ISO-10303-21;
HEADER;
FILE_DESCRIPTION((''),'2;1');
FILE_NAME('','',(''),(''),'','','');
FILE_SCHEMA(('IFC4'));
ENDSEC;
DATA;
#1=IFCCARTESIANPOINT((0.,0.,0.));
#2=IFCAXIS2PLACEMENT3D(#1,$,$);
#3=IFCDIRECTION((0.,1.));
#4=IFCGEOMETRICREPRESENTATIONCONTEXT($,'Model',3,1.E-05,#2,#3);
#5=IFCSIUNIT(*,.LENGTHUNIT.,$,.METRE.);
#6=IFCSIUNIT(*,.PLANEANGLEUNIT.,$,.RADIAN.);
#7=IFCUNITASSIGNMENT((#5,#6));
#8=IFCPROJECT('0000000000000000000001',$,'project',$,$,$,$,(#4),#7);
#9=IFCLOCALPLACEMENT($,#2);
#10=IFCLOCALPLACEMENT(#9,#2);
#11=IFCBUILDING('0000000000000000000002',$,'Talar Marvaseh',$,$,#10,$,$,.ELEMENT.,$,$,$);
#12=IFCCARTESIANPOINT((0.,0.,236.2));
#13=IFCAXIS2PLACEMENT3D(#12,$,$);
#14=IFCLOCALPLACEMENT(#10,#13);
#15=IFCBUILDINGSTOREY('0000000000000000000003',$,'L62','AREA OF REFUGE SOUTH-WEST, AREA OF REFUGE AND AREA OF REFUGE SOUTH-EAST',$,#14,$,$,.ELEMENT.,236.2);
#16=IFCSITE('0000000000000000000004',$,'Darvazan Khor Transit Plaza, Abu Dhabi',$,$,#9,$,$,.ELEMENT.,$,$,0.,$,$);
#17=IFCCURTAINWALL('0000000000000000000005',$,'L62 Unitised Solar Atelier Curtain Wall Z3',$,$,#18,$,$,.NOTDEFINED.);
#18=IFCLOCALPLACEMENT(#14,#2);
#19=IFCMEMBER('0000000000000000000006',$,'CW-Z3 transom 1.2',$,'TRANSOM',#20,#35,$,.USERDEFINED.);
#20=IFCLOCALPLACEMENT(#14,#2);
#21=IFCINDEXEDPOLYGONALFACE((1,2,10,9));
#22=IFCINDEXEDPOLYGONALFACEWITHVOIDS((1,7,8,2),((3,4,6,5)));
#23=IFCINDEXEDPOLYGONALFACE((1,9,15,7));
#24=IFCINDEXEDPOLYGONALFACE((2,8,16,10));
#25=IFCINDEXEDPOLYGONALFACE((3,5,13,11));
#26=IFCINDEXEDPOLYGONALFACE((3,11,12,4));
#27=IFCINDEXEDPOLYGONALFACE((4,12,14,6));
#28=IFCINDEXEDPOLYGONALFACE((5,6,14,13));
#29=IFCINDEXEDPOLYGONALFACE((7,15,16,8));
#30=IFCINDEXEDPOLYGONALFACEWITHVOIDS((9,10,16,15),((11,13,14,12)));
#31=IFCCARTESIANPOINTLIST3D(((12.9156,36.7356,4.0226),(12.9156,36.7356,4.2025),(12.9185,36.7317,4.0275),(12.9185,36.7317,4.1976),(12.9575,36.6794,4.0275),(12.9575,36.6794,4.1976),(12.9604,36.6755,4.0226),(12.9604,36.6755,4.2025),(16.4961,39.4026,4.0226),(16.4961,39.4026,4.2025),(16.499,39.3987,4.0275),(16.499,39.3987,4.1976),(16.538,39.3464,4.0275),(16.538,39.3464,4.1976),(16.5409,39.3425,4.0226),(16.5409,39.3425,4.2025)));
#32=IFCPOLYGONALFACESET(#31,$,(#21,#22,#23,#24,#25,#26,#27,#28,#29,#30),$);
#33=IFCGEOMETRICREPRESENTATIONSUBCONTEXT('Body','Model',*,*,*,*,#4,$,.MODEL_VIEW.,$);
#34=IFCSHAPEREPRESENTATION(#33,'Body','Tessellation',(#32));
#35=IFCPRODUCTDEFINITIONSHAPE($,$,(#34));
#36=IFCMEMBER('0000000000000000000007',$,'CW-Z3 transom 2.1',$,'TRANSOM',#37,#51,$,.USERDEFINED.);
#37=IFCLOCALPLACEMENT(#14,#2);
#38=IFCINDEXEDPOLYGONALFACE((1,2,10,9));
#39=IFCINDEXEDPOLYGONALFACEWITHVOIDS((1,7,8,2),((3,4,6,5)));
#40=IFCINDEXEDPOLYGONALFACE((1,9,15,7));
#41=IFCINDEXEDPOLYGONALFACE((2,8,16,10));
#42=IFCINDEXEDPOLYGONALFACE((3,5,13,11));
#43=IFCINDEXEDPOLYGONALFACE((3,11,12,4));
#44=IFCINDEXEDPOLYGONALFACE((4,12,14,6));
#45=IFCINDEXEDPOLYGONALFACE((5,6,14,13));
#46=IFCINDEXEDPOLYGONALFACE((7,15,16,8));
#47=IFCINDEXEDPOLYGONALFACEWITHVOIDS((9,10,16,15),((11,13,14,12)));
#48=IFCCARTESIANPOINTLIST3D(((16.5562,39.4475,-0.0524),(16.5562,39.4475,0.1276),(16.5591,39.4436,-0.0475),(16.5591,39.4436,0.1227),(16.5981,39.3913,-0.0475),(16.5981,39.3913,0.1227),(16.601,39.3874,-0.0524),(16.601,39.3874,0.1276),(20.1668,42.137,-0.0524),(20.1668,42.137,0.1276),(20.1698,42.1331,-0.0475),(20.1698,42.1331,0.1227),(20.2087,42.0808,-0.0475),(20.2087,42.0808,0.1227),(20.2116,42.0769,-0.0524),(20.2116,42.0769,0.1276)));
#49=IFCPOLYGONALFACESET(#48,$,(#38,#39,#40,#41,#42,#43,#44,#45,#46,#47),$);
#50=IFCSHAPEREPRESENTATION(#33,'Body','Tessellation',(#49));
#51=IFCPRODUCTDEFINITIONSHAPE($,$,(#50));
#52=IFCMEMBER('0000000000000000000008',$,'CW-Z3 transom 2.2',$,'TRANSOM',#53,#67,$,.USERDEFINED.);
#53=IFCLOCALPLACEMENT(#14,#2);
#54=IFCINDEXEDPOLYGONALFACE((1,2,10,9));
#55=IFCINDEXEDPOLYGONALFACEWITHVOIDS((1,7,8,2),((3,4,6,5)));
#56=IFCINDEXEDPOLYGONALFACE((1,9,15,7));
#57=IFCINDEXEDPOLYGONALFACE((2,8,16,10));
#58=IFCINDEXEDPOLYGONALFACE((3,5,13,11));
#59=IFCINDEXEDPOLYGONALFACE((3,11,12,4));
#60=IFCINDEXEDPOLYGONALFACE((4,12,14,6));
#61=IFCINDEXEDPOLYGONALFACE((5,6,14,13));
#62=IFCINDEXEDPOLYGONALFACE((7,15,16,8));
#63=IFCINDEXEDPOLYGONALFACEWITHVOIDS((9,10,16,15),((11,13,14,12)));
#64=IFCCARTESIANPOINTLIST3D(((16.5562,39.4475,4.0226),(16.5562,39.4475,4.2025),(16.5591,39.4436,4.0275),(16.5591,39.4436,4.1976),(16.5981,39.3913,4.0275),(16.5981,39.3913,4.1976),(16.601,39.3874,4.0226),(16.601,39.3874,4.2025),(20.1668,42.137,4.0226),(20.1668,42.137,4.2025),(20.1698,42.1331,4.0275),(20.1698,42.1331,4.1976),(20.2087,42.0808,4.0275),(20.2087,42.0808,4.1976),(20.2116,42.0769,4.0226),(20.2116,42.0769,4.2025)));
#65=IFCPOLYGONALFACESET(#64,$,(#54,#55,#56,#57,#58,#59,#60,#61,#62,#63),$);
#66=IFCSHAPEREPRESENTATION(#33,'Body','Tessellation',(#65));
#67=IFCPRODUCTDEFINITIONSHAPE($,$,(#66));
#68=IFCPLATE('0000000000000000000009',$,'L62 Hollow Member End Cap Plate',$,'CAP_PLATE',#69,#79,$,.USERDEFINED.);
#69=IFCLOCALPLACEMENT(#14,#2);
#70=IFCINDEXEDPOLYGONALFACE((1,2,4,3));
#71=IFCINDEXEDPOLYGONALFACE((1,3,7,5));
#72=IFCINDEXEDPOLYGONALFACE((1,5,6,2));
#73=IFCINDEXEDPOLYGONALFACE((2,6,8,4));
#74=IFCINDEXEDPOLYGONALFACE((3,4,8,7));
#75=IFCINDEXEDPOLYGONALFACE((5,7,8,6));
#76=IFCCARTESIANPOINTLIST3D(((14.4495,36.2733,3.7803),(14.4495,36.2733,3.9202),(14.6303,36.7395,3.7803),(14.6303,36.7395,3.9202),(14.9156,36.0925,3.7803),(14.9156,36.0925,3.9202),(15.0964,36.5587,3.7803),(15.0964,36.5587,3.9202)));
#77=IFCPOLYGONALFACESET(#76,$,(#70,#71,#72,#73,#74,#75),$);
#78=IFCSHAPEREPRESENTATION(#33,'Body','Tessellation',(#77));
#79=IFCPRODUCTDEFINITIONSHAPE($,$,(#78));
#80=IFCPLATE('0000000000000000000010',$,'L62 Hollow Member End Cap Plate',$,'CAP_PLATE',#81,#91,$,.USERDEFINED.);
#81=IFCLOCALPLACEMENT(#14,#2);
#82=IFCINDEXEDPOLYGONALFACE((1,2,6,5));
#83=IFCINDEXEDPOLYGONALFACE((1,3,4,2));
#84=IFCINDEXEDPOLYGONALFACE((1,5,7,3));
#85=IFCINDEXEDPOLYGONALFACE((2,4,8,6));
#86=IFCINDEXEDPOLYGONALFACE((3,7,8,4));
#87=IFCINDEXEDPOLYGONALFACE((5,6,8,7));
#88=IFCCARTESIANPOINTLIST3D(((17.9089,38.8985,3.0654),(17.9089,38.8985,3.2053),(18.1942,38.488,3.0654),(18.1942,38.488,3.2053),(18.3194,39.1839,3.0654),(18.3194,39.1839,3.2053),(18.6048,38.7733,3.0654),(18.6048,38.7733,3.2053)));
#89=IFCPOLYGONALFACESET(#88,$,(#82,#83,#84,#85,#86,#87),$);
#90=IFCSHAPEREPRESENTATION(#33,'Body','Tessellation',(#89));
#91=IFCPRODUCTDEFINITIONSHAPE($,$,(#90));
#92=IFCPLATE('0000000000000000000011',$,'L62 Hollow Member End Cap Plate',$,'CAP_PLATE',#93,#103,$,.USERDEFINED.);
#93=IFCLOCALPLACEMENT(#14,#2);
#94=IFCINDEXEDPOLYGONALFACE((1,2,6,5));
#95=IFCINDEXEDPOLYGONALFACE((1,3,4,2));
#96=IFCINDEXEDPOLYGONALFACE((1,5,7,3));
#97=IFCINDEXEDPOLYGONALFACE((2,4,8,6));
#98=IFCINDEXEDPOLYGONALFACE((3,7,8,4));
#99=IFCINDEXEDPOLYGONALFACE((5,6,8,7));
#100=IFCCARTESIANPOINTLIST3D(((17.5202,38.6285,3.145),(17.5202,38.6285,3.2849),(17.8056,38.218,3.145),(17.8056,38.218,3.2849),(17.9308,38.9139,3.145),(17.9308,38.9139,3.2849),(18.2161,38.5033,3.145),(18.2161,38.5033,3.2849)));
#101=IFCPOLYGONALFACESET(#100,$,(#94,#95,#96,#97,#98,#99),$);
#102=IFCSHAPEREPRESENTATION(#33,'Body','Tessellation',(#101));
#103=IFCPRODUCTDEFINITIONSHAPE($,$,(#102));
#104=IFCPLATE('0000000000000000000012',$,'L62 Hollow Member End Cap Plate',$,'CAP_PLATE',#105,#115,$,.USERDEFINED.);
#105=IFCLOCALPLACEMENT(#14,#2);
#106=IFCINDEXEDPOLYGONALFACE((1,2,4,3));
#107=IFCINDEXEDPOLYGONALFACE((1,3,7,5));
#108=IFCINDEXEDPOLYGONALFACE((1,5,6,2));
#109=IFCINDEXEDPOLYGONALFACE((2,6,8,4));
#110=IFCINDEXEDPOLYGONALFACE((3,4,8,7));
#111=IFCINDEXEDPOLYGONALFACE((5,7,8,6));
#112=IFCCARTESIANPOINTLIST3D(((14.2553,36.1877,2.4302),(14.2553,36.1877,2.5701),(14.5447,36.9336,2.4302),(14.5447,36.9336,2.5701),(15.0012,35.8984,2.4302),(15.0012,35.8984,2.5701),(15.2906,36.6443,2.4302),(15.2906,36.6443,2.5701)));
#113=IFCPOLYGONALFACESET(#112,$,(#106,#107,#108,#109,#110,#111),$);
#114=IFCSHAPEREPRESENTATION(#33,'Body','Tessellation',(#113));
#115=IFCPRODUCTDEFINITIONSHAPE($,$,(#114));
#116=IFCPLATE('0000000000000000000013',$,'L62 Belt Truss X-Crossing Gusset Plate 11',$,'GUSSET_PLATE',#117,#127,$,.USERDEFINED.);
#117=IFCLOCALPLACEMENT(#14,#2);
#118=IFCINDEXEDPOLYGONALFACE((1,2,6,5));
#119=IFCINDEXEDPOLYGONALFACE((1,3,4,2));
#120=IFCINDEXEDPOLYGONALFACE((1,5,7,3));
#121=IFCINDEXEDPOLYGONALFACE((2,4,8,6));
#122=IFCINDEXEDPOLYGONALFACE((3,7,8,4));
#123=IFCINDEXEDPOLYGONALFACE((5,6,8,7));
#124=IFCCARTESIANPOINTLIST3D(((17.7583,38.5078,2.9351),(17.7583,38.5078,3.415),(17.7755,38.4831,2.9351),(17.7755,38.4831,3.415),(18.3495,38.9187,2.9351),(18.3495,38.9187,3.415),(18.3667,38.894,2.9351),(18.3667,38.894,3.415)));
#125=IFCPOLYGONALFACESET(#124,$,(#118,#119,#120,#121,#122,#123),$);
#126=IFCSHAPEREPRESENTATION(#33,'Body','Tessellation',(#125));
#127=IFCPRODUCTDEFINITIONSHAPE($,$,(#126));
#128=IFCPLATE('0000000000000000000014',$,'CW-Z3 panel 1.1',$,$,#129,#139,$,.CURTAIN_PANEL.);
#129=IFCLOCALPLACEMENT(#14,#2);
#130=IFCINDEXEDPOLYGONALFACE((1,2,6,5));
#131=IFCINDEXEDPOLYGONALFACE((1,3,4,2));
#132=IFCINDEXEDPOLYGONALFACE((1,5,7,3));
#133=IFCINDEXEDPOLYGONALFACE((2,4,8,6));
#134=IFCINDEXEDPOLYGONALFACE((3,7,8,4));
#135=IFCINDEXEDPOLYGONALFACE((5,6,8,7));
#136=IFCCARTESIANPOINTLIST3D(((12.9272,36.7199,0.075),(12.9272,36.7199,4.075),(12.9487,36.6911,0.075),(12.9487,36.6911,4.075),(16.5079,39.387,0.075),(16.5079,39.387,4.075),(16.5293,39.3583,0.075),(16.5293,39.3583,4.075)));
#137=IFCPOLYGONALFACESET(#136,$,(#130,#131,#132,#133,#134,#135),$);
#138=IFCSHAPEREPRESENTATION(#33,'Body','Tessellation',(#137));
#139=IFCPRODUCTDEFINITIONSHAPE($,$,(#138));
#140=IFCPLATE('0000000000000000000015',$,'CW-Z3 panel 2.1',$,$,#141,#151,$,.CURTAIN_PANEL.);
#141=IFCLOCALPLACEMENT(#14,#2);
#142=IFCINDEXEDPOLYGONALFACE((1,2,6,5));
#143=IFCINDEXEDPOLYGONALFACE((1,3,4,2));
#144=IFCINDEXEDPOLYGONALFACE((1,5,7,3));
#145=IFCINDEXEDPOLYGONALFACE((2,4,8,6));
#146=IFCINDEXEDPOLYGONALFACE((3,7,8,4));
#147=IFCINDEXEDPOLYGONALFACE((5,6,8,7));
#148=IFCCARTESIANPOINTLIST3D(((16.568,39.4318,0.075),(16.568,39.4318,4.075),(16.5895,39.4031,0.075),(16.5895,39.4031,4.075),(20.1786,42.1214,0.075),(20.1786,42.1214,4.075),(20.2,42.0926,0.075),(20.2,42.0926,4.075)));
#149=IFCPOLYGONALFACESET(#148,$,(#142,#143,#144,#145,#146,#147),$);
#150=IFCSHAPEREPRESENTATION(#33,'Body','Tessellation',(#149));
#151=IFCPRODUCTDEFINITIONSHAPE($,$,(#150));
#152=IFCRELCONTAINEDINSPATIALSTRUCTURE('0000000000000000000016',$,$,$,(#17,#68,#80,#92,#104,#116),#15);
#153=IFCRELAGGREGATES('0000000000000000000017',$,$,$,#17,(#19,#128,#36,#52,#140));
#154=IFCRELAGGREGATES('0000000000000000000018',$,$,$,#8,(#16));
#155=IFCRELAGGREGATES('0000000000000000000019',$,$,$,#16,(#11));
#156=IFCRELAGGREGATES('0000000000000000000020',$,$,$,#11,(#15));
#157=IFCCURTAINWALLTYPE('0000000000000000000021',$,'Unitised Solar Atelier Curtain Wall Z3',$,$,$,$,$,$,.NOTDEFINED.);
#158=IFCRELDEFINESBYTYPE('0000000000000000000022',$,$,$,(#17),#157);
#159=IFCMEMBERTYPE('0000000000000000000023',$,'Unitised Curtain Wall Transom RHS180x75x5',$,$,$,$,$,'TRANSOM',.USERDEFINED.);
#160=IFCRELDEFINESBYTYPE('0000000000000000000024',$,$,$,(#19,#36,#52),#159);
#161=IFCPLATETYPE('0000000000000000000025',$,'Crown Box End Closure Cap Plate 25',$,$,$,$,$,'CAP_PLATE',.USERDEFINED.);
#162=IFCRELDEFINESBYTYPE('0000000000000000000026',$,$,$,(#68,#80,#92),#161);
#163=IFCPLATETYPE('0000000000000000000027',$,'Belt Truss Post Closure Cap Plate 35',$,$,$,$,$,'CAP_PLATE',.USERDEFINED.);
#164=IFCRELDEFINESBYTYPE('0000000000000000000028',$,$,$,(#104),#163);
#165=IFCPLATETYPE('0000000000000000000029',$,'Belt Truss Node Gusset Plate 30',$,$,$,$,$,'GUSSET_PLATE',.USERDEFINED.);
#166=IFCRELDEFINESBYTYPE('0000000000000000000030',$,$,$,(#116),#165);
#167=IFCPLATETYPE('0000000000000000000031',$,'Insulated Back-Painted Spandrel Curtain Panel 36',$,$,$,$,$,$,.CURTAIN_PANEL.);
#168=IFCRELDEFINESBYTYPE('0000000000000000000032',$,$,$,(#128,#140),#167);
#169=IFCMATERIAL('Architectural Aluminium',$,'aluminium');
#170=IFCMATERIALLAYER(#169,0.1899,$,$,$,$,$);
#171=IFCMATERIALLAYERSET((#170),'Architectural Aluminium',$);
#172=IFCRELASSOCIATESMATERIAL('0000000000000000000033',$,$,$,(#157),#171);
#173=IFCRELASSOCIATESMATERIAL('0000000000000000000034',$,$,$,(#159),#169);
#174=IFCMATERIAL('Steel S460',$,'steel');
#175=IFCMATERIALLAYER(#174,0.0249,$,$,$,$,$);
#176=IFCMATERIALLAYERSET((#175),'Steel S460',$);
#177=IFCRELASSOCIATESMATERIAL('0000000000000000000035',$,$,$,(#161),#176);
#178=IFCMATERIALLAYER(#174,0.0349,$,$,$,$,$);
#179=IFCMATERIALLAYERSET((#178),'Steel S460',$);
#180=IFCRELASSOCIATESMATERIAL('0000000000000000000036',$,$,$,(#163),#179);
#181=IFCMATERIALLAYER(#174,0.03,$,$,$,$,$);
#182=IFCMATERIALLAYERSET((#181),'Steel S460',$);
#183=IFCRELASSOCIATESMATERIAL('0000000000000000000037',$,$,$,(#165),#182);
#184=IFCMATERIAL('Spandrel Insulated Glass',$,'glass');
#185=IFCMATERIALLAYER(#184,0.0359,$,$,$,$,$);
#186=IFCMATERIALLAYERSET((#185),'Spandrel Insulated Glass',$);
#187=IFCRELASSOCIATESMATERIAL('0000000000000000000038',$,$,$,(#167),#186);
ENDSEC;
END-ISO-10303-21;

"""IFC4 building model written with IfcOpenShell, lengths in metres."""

from ifc_helpers import new_model, si_unit, direction, frame, origin, origin_2d, place, context, subcontext, project, spatial, rectangle, hollow_rectangle, extrude, source, transform, mapped, material, layer, layer_set, material_profile, profile_set, type_object, type_shapes, element, aggregate, save


model = new_model("IFC4")

# Units and contexts
model_context = context("Model", 3, precision=1e-05, world=origin(), true_north=direction((0.0, 1.0)))
body_context = subcontext(model_context, "Body", "Model", "MODEL_VIEW")
ifc_project = project(units=[si_unit("LENGTHUNIT", "METRE"), si_unit("PLANEANGLEUNIT", "RADIAN")], contexts=[model_context])

# Site, building, storey
site_placement = place(None, origin())
site = spatial("IfcSite", under=ifc_project, at=site_placement, Name="Darvazan Khor Transit Plaza, Abu Dhabi", CompositionType="ELEMENT", RefElevation=0.0)
building_placement = place(site_placement, origin())
building = spatial("IfcBuilding", under=site, at=building_placement, Name="Talar Marvaseh", CompositionType="ELEMENT")
storey_placement = place(building_placement, frame((0.0, 0.0, 236.2)))
storey = spatial("IfcBuildingStorey", under=building, at=storey_placement, Name="L62", Description="AREA OF REFUGE SOUTH-WEST, AREA OF REFUGE AND AREA OF REFUGE SOUTH-EAST", CompositionType="ELEMENT", Elevation=236.2)

# Shared definitions
ifc_material_1 = material(Name="Steel S460", Category="steel")

# Curtain wall, members
ifc_material_2 = material(Name="Architectural Aluminium", Category="aluminium")
ifc_layer_1 = layer(ifc_material_2, 0.1899)
ifc_layer_set_1 = layer_set([ifc_layer_1], Name="Architectural Aluminium")
curtain_wall_type = type_object("IfcCurtainWallType", Name="Unitised Solar Atelier Curtain Wall Z3", PredefinedType="NOTDEFINED", material=ifc_layer_set_1)
curtain_wall_placement = place(storey_placement, origin())
curtain_wall = element("IfcCurtainWall", 1, at=curtain_wall_placement, inside=storey, type_object=curtain_wall_type, Name="L62 Unitised Solar Atelier Curtain Wall Z3", PredefinedType="NOTDEFINED")
ifc_material_profile_1 = material_profile(ifc_material_2, hollow_rectangle(XDim=0.075, YDim=0.1799, WallThickness=0.0049, at=origin_2d()), Name="RHS180x75x5")
ifc_profile_set_1 = profile_set([ifc_material_profile_1], Name="Architectural Aluminium")
member_type_1 = type_object("IfcMemberType", Name="Unitised Curtain Wall Transom RHS180x75x5", ElementType="TRANSOM", PredefinedType="USERDEFINED", material=ifc_profile_set_1)
shared_shape_1 = source(origin(), body_context, "Body", "SweptSolid", [
    extrude(hollow_rectangle(XDim=0.075, YDim=0.1799, WallThickness=0.0049, at=origin_2d()), origin(), (0.0, 0.0, 1.0), 4.4646),
])
member_1_placement = place(storey_placement, frame((12.938, 36.7056, 4.1125), z_axis=(0.801977, 0.597354, 0.0), x_axis=(-0.597354, 0.801977, 0.0)))
member_1 = element("IfcMember", 2, at=member_1_placement, type_object=member_type_1, Name="CW-Z3 transom 1.2", ObjectType="TRANSOM", PredefinedType="USERDEFINED", context=body_context, shape_type="MappedRepresentation", body=[
    mapped(shared_shape_1, transform((0.0, 0.0, 0.0), x_axis=(1.0, 0.0, 0.0), y_axis=(0.0, 1.0, 0.0), z_axis=(0.0, 0.0, 1.0), scale=1.0)),
])
shared_shape_2 = source(origin(), body_context, "Body", "SweptSolid", [
    extrude(hollow_rectangle(XDim=0.075, YDim=0.1799, WallThickness=0.0049, at=origin_2d()), origin(), (0.0, 0.0, 1.0), 4.5022),
])
type_shapes(member_type_1, [shared_shape_1, shared_shape_2])
member_2_placement = place(storey_placement, frame((16.5786, 39.4175, 0.0376), z_axis=(0.801967, 0.597368, 0.0), x_axis=(-0.597368, 0.801967, 0.0)))
member_2 = element("IfcMember", 3, at=member_2_placement, type_object=member_type_1, Name="CW-Z3 transom 2.1", ObjectType="TRANSOM", PredefinedType="USERDEFINED", context=body_context, shape_type="MappedRepresentation", body=[
    mapped(shared_shape_2, transform((0.0, 0.0, 0.0), x_axis=(1.0, 0.0, 0.0), y_axis=(0.0, 1.0, 0.0), z_axis=(0.0, 0.0, 1.0), scale=1.0)),
])
member_3_placement = place(storey_placement, frame((16.5786, 39.4175, 4.1125), z_axis=(0.801967, 0.597368, 0.0), x_axis=(-0.597368, 0.801967, 0.0)))
member_3 = element("IfcMember", 4, at=member_3_placement, type_object=member_type_1, Name="CW-Z3 transom 2.2", ObjectType="TRANSOM", PredefinedType="USERDEFINED", context=body_context, shape_type="MappedRepresentation", body=[
    mapped(shared_shape_2, transform((0.0, 0.0, 0.0), x_axis=(1.0, 0.0, 0.0), y_axis=(0.0, 1.0, 0.0), z_axis=(0.0, 0.0, 1.0), scale=1.0)),
])

# Plates
ifc_layer_2 = layer(ifc_material_1, 0.0249)
ifc_layer_set_2 = layer_set([ifc_layer_2], Name="Steel S460")
plate_type_1 = type_object("IfcPlateType", Name="Crown Box End Closure Cap Plate 25", ElementType="CAP_PLATE", PredefinedType="USERDEFINED", material=ifc_layer_set_2)
shared_shape_3 = source(origin(), body_context, "Body", "SweptSolid", [
    extrude(rectangle(XDim=0.5, YDim=0.5, at=origin_2d()), origin(), (0.0, 0.0, 1.0), 0.1399),
])
type_shapes(plate_type_1, [shared_shape_3])
for number, where, z_axis, x_axis, name in (
    (5, (14.7729, 36.416, 3.7803), (0.0, 0.0, 1.0), (0.361625, 0.932324, 0.0), "L62 Hollow Member End Cap Plate"),
    (6, (18.2568, 38.8359, 3.0654), (0.0, 0.0, 1.0), (-0.821149, -0.570714, 0.0), "L62 Hollow Member End Cap Plate"),
    (7, (17.8682, 38.5659, 3.145), (0.0, 0.0, 1.0), (-0.821149, -0.570714, 0.0), "L62 Hollow Member End Cap Plate"),
):
    element("IfcPlate", number, at=place(storey_placement, frame(where, z_axis=z_axis, x_axis=x_axis)), inside=storey, type_object=plate_type_1, Name=name, ObjectType="CAP_PLATE", PredefinedType="USERDEFINED", context=body_context, shape_type="MappedRepresentation", body=[
        mapped(shared_shape_3, transform((0.0, 0.0, 0.0), x_axis=(1.0, 0.0, 0.0), y_axis=(0.0, 1.0, 0.0), z_axis=(0.0, 0.0, 1.0), scale=1.0)),
    ])
ifc_layer_3 = layer(ifc_material_1, 0.0349)
ifc_layer_set_3 = layer_set([ifc_layer_3], Name="Steel S460")
plate_type_2 = type_object("IfcPlateType", Name="Belt Truss Post Closure Cap Plate 35", ElementType="CAP_PLATE", PredefinedType="USERDEFINED", material=ifc_layer_set_3)
shared_shape_4 = source(origin(), body_context, "Body", "SweptSolid", [
    extrude(rectangle(XDim=0.8, YDim=0.8, at=origin_2d()), origin(), (0.0, 0.0, 1.0), 0.1399),
])
type_shapes(plate_type_2, [shared_shape_4])
plate_1_placement = place(storey_placement, frame((14.7729, 36.416, 2.4302), z_axis=(0.0, 0.0, 1.0), x_axis=(0.361625, 0.932324, 0.0)))
element("IfcPlate", 8, at=plate_1_placement, inside=storey, type_object=plate_type_2, Name="L62 Hollow Member End Cap Plate", ObjectType="CAP_PLATE", PredefinedType="USERDEFINED", context=body_context, shape_type="MappedRepresentation", body=[
    mapped(shared_shape_4, transform((0.0, 0.0, 0.0), x_axis=(1.0, 0.0, 0.0), y_axis=(0.0, 1.0, 0.0), z_axis=(0.0, 0.0, 1.0), scale=1.0)),
])
ifc_layer_4 = layer(ifc_material_1, 0.03)
ifc_layer_set_4 = layer_set([ifc_layer_4], Name="Steel S460")
plate_type_3 = type_object("IfcPlateType", Name="Belt Truss Node Gusset Plate 30", ElementType="GUSSET_PLATE", PredefinedType="USERDEFINED", material=ifc_layer_set_4)
shared_shape_5 = source(origin(), body_context, "Body", "SweptSolid", [
    extrude(rectangle(XDim=0.72, YDim=0.03, at=origin_2d()), origin(), (0.0, 0.0, 1.0), 0.48),
])
type_shapes(plate_type_3, [shared_shape_5])
plate_2_placement = place(storey_placement, frame((18.0625, 38.7009, 2.9351), z_axis=(0.0, 0.0, 1.0), x_axis=(0.821149, 0.570714, 0.0)))
element("IfcPlate", 9, at=plate_2_placement, inside=storey, type_object=plate_type_3, Name="L62 Belt Truss X-Crossing Gusset Plate 11", ObjectType="GUSSET_PLATE", PredefinedType="USERDEFINED", context=body_context, shape_type="MappedRepresentation", body=[
    mapped(shared_shape_5, transform((0.0, 0.0, 0.0), x_axis=(1.0, 0.0, 0.0), y_axis=(0.0, 1.0, 0.0), z_axis=(0.0, 0.0, 1.0), scale=1.0)),
])

# Plates
ifc_material_3 = material(Name="Spandrel Insulated Glass", Category="glass")
ifc_layer_5 = layer(ifc_material_3, 0.0359)
ifc_layer_set_5 = layer_set([ifc_layer_5], Name="Spandrel Insulated Glass")
plate_type_4 = type_object("IfcPlateType", Name="Insulated Back-Painted Spandrel Curtain Panel 36", PredefinedType="CURTAIN_PANEL", material=ifc_layer_set_5)
shared_shape_6 = source(origin(), body_context, "Body", "SweptSolid", [
    extrude(rectangle(XDim=4.4648, YDim=0.0359, at=origin_2d()), origin(), (0.0, 0.0, 1.0), 4.0),
])
plate_3_placement = place(storey_placement, frame((14.7283, 38.0391, 0.075), z_axis=(0.0, 0.0, 1.0), x_axis=(0.801961, 0.597376, 0.0)))
plate_3 = element("IfcPlate", 10, at=plate_3_placement, type_object=plate_type_4, Name="CW-Z3 panel 1.1", PredefinedType="CURTAIN_PANEL", context=body_context, shape_type="MappedRepresentation", body=[
    mapped(shared_shape_6, transform((0.0, 0.0, 0.0), x_axis=(1.0, 0.0, 0.0), y_axis=(0.0, 1.0, 0.0), z_axis=(0.0, 0.0, 1.0), scale=1.0)),
])
shared_shape_7 = source(origin(), body_context, "Body", "SweptSolid", [
    extrude(rectangle(XDim=4.5022, YDim=0.0359, at=origin_2d()), origin(), (0.0, 0.0, 1.0), 4.0),
])
type_shapes(plate_type_4, [shared_shape_6, shared_shape_7])
plate_4_placement = place(storey_placement, frame((18.384, 40.7622, 0.075), z_axis=(0.0, 0.0, 1.0), x_axis=(0.801961, 0.597376, 0.0)))
plate_4 = element("IfcPlate", 11, at=plate_4_placement, type_object=plate_type_4, Name="CW-Z3 panel 2.1", PredefinedType="CURTAIN_PANEL", context=body_context, shape_type="MappedRepresentation", body=[
    mapped(shared_shape_7, transform((0.0, 0.0, 0.0), x_axis=(1.0, 0.0, 0.0), y_axis=(0.0, 1.0, 0.0), z_axis=(0.0, 0.0, 1.0), scale=1.0)),
])
aggregate(curtain_wall, [member_1, plate_3, member_2, member_3, plate_4])

save(model, "model.ifc")
